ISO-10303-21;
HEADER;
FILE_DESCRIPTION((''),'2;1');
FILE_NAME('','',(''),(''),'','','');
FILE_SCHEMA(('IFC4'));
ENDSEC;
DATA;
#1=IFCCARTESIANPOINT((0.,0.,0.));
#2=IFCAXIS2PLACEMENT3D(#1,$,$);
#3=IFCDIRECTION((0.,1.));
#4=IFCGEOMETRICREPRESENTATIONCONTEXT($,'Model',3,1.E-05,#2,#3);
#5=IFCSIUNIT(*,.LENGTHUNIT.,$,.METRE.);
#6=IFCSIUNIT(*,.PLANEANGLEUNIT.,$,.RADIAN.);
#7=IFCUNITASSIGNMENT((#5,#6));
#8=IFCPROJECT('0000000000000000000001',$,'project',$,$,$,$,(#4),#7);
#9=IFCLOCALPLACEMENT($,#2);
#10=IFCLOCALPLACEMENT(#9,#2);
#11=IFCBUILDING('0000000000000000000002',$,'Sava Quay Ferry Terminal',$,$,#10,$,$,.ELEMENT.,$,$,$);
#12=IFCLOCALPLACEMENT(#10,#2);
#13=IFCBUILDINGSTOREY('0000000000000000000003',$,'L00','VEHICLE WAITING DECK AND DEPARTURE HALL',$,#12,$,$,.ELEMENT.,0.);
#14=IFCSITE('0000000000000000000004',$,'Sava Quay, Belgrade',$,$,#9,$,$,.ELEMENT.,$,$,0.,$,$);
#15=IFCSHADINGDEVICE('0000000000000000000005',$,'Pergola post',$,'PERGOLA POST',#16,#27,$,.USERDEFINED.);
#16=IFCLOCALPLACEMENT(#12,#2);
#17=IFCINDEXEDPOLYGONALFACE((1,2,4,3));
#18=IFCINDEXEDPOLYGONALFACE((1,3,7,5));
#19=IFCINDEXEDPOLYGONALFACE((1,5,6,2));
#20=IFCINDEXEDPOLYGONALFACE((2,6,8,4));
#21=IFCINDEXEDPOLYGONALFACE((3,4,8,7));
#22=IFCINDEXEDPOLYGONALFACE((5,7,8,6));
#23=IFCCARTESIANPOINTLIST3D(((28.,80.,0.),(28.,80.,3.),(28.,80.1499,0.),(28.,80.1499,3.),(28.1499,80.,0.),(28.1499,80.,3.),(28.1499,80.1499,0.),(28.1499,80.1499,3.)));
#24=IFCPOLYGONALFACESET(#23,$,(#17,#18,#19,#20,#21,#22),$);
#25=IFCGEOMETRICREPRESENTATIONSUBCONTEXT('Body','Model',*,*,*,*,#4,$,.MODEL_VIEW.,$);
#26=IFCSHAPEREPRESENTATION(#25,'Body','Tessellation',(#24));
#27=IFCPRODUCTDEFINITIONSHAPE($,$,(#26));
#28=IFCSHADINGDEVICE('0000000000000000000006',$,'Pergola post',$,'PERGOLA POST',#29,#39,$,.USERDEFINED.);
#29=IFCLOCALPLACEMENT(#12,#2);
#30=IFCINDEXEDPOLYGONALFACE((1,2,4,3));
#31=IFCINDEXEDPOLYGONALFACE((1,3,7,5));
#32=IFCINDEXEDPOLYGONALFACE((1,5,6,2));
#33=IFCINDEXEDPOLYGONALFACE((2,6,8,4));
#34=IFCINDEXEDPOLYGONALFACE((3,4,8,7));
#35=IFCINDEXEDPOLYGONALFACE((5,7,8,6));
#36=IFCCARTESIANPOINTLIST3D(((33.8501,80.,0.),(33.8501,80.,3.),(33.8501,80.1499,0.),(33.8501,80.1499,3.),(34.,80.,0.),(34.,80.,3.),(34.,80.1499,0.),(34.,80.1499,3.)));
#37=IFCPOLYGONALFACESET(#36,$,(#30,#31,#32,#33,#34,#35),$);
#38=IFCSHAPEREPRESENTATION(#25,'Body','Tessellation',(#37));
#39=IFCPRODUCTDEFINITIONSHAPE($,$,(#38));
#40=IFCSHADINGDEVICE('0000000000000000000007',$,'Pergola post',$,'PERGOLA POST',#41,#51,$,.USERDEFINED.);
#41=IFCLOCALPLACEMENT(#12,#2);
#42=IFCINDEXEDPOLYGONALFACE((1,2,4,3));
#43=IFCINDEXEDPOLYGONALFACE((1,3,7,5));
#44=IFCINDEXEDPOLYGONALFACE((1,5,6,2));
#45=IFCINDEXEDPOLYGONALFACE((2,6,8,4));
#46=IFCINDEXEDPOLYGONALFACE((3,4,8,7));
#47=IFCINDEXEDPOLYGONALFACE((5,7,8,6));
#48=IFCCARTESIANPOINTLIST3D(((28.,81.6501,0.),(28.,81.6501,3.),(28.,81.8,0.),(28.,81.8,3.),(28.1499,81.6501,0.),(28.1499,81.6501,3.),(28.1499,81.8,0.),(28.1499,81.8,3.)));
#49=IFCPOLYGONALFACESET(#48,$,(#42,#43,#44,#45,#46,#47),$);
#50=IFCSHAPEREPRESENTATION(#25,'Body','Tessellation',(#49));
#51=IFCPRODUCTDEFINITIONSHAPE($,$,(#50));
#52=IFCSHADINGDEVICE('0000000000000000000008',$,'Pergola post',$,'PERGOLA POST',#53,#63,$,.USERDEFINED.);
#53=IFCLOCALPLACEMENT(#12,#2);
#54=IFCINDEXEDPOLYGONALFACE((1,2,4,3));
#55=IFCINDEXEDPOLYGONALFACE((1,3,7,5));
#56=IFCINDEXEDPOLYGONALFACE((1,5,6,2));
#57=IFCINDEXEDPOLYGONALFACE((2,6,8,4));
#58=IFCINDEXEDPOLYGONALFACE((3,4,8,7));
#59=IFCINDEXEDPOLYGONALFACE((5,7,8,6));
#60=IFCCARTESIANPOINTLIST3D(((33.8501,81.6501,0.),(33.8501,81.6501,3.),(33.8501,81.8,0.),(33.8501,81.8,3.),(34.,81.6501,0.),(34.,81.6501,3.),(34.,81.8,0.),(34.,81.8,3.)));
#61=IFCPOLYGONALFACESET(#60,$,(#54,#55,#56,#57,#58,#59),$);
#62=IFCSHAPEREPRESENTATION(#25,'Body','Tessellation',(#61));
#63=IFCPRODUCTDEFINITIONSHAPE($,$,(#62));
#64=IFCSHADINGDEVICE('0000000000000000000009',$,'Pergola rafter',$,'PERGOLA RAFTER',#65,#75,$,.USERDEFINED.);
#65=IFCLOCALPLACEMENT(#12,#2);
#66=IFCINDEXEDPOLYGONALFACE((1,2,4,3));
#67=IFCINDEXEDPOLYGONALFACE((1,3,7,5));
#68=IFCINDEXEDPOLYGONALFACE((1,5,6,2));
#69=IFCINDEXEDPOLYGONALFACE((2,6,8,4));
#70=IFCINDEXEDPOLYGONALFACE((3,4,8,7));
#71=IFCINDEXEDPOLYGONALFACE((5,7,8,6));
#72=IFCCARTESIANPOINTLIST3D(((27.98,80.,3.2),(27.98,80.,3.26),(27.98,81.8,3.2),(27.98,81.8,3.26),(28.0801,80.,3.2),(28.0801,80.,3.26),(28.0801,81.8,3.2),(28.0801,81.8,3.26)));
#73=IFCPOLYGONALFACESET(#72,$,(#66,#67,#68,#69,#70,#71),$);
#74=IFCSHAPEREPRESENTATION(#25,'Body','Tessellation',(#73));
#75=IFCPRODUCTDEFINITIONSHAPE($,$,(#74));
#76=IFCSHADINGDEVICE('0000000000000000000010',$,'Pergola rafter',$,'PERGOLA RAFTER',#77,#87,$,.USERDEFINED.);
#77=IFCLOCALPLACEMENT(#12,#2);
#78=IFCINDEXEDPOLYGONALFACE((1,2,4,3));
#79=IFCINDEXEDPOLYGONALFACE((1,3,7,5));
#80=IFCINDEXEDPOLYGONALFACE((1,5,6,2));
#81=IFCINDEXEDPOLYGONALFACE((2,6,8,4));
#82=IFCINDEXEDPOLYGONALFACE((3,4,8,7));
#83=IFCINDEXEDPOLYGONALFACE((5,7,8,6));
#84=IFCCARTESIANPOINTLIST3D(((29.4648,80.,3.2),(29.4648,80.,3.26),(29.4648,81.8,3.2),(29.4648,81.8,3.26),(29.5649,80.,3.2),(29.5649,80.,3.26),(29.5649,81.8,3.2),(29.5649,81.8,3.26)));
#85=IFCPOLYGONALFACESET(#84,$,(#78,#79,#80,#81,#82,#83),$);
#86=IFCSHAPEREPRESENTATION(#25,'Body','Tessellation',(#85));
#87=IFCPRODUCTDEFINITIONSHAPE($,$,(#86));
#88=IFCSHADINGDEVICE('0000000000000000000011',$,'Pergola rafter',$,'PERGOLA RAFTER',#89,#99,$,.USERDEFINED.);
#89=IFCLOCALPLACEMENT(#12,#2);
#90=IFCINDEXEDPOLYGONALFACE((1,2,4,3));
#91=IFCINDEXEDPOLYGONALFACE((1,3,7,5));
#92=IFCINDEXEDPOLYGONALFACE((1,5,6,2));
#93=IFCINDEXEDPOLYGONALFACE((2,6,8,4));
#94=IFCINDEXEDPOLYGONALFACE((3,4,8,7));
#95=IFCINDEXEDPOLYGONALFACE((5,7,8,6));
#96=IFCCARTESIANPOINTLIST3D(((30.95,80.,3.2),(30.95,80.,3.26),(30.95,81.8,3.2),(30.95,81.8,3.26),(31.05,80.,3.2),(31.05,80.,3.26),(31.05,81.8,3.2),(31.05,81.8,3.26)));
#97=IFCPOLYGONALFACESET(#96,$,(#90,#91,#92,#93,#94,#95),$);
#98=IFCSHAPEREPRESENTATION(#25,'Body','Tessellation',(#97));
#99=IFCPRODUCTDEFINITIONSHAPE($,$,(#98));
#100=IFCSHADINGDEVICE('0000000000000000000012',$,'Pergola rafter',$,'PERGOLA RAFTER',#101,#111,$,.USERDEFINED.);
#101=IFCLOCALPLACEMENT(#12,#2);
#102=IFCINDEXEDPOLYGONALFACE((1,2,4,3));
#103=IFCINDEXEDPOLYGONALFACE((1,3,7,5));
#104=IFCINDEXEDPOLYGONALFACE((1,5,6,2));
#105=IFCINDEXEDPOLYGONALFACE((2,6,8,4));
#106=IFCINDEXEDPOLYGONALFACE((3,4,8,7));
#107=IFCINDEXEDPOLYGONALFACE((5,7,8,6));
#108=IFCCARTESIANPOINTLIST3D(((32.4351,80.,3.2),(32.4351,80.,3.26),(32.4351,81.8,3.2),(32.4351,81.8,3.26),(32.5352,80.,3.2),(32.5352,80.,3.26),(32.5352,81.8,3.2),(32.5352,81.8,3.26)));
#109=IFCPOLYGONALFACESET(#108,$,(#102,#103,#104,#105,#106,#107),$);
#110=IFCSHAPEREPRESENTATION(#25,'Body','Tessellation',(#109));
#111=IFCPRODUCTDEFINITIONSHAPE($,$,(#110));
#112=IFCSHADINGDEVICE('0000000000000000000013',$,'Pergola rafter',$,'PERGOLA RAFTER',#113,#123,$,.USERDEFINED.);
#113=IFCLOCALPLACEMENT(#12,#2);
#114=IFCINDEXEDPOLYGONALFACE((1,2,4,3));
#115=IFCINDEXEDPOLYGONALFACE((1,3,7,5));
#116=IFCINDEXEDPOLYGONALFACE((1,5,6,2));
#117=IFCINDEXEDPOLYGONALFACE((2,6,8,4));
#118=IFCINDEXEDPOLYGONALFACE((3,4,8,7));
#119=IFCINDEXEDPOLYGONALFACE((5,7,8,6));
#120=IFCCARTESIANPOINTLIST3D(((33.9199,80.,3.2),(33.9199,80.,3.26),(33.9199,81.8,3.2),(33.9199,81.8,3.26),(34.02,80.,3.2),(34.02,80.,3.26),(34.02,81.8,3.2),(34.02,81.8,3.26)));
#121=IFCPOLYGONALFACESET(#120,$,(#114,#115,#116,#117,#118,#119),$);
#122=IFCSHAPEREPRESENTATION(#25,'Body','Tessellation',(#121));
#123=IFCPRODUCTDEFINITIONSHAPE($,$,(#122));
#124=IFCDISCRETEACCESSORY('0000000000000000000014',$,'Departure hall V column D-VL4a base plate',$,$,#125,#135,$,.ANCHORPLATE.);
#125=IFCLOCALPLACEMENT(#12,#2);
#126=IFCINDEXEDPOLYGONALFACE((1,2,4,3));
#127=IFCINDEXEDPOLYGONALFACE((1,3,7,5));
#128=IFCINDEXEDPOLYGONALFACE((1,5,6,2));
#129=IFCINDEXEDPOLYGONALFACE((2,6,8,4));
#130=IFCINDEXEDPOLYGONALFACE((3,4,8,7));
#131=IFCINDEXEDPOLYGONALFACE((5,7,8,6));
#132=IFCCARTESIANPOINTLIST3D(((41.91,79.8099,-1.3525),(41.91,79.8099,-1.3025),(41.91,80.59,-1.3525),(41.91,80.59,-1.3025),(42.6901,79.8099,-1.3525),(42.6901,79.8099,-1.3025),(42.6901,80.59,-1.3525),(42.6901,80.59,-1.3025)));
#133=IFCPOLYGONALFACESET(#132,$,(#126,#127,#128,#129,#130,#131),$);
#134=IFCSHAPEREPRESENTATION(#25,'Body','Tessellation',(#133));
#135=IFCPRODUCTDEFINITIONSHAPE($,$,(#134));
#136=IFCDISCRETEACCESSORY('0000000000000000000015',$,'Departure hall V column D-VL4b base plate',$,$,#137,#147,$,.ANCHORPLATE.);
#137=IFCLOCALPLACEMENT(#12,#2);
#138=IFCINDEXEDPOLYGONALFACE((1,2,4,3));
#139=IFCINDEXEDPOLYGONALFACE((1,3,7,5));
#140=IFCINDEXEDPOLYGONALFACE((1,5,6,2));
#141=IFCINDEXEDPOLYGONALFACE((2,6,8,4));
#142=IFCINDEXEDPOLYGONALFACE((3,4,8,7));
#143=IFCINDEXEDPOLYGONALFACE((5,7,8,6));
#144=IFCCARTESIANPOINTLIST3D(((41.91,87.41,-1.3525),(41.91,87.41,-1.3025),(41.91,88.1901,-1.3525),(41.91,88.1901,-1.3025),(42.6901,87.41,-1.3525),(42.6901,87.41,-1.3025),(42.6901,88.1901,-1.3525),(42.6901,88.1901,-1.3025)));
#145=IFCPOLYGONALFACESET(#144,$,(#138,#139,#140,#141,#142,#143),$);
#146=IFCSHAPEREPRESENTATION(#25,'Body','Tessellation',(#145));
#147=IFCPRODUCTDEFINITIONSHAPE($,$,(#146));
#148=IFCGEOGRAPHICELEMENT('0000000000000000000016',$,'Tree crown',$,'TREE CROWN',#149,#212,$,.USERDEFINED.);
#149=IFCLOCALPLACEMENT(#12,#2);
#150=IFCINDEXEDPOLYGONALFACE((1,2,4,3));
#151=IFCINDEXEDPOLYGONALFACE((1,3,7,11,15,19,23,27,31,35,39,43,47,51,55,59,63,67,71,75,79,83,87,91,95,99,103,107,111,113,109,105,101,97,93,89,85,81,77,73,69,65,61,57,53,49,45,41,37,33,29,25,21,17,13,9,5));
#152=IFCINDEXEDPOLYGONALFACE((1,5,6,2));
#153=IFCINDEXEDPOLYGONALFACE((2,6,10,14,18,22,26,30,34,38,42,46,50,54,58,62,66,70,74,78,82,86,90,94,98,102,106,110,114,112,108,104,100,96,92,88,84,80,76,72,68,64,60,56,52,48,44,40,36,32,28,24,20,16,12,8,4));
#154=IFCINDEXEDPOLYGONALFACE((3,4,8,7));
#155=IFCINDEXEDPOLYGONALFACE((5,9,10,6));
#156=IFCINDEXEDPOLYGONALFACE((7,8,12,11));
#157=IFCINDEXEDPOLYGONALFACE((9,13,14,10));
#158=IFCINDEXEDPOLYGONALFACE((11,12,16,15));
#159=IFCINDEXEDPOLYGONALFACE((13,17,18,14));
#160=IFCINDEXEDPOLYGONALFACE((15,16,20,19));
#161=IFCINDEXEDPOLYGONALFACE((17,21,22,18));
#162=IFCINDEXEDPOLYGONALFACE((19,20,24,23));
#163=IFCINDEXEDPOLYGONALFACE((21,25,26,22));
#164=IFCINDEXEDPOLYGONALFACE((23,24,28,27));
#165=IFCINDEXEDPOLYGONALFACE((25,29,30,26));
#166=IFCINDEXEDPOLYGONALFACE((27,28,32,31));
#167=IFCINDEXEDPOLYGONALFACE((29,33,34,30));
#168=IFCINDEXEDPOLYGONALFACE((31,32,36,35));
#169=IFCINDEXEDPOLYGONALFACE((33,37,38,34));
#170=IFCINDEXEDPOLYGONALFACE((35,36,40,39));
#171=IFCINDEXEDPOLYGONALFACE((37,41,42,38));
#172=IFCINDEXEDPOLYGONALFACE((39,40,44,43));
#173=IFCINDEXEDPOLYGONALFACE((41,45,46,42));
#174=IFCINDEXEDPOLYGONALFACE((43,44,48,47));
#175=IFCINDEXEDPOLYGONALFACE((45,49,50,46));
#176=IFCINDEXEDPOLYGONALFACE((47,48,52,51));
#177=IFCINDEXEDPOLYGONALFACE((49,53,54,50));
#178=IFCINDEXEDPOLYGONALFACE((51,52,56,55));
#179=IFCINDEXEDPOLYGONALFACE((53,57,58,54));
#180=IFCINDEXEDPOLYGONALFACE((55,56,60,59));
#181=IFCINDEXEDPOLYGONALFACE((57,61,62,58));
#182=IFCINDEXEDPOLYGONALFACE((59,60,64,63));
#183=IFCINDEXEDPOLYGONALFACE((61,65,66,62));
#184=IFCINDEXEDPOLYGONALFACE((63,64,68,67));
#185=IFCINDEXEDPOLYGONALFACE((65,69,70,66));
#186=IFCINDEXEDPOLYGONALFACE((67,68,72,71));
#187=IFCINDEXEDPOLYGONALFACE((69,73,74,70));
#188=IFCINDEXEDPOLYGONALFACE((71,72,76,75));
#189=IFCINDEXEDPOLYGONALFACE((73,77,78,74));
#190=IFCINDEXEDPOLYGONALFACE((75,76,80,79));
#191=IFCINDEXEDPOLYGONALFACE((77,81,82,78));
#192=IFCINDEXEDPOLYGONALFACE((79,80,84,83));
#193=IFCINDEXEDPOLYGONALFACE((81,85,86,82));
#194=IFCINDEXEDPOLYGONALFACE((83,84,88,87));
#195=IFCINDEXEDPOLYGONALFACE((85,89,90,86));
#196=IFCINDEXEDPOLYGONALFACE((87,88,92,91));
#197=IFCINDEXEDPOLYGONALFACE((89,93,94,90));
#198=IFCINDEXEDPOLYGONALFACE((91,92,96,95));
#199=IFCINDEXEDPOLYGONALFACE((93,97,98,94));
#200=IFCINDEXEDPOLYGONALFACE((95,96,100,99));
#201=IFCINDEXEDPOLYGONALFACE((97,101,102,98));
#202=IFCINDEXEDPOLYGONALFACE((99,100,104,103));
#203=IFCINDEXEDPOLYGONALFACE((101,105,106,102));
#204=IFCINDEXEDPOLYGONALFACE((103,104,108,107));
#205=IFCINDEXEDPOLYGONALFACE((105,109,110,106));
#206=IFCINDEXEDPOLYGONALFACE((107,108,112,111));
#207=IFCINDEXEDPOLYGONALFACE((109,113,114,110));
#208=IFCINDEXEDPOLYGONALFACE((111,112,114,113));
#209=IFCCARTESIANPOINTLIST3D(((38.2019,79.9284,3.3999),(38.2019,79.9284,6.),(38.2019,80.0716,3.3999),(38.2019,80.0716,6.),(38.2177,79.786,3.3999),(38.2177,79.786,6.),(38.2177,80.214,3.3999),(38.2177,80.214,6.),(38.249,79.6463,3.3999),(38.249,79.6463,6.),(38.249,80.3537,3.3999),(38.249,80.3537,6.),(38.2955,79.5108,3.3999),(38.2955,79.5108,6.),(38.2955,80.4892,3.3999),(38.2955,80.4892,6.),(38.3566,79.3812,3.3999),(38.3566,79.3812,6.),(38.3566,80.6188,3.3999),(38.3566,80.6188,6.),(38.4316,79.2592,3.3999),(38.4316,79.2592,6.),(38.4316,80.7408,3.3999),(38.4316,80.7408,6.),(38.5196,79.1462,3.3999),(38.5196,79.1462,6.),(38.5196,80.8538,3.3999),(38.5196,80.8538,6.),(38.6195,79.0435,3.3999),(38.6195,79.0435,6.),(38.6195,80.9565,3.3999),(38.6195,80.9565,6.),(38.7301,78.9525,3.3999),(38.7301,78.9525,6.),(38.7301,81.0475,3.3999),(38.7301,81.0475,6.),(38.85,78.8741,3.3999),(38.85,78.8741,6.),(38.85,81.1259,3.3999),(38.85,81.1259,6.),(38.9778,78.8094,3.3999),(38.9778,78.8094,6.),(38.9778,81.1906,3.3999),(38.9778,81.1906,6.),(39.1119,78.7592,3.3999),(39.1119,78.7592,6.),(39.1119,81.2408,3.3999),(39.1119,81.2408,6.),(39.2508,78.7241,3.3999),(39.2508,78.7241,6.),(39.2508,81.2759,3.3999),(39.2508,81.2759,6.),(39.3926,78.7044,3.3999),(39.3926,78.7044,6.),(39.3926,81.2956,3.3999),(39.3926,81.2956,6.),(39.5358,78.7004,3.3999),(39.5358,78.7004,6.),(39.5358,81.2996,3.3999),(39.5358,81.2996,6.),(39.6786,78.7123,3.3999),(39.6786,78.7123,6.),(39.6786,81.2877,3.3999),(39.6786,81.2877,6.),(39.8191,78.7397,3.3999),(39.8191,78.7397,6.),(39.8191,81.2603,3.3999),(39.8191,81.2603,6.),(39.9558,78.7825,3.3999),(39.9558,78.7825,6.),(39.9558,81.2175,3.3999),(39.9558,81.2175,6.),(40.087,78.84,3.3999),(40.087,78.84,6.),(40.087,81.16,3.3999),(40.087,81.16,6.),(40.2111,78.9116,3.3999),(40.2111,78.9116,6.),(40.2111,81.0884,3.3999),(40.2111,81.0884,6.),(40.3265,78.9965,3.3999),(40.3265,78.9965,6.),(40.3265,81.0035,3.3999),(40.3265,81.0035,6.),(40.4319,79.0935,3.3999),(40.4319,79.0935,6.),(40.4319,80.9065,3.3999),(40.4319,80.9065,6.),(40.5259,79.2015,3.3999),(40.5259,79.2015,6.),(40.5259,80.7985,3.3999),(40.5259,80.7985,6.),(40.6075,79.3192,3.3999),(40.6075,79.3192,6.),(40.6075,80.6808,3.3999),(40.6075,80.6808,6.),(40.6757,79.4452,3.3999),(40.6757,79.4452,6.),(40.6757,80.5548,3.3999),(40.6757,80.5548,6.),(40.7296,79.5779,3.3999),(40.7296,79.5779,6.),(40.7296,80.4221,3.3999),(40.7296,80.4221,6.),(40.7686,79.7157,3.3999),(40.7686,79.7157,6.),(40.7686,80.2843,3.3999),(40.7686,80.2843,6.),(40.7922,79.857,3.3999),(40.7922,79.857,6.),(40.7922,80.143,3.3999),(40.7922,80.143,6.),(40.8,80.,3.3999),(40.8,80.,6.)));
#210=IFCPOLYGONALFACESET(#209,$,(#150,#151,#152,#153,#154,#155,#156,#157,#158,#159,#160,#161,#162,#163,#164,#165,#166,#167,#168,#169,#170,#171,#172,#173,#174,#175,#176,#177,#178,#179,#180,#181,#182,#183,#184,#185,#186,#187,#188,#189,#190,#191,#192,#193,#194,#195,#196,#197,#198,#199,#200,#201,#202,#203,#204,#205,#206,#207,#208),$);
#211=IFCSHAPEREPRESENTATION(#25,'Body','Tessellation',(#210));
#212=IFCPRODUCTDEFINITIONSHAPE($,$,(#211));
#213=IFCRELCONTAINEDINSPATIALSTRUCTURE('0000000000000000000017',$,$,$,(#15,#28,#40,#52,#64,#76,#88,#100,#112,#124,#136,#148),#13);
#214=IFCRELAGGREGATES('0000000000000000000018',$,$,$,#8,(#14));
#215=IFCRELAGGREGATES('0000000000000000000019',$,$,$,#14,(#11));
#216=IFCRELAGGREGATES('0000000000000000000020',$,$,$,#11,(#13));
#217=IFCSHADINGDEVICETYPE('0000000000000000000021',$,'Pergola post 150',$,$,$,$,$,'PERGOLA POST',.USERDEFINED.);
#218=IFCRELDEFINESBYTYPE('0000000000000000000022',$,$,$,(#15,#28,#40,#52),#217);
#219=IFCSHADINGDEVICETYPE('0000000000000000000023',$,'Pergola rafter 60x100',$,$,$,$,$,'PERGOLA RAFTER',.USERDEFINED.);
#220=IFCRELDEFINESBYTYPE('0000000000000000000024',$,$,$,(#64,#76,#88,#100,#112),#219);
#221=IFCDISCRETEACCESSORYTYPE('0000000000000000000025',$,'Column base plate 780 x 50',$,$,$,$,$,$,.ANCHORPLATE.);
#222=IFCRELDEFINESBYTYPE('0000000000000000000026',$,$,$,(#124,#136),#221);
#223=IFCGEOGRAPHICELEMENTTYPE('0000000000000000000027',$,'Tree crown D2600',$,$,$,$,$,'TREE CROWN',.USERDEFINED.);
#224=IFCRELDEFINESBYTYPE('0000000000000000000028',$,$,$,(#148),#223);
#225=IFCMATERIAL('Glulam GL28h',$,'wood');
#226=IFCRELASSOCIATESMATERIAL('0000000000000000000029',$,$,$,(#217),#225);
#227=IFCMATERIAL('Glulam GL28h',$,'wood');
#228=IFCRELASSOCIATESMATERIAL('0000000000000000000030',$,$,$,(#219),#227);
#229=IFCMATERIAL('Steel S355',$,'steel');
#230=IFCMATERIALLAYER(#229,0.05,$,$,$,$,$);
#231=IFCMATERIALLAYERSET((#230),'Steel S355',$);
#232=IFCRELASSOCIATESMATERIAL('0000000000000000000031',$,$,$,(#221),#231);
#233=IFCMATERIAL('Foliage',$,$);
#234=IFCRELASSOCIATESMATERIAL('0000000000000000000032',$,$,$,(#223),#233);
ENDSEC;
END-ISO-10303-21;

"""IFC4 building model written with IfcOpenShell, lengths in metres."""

from ifc_helpers import new_model, si_unit, direction, frame, origin, origin_2d, place, context, subcontext, project, spatial, rectangle, circle, extrude, material, layer, layer_set, material_profile, profile_set, type_object, element, save


model = new_model("IFC4")

# Units and contexts
model_context = context("Model", 3, precision=1e-05, world=origin(), true_north=direction((0.0, 1.0)))
body_context = subcontext(model_context, "Body", "Model", "MODEL_VIEW")
ifc_project = project(units=[si_unit("LENGTHUNIT", "METRE"), si_unit("PLANEANGLEUNIT", "RADIAN")], contexts=[model_context])

# Site, building, storey
site_placement = place(None, origin())
site = spatial("IfcSite", under=ifc_project, at=site_placement, Name="Sava Quay, Belgrade", CompositionType="ELEMENT", RefElevation=0.0)
building_placement = place(site_placement, origin())
building = spatial("IfcBuilding", under=site, at=building_placement, Name="Sava Quay Ferry Terminal", CompositionType="ELEMENT")
storey_placement = place(building_placement, origin())
storey = spatial("IfcBuildingStorey", under=building, at=storey_placement, Name="L00", Description="VEHICLE WAITING DECK AND DEPARTURE HALL", CompositionType="ELEMENT", Elevation=0.0)

# Shading devices
ifc_material_1 = material(Name="Glulam GL28h", Category="wood")
ifc_material_profile_1 = material_profile(ifc_material_1, rectangle(XDim=0.1499, YDim=0.1499, at=origin_2d()), Name="Pergola 150 x 150")
ifc_profile_set_1 = profile_set([ifc_material_profile_1], Name="Glulam GL28h")
shading_device_type_1 = type_object("IfcShadingDeviceType", Name="Pergola post 150", ElementType="PERGOLA POST", PredefinedType="USERDEFINED", material=ifc_profile_set_1)
for number, where, z_axis, x_axis, name in (
    (1, (28.075, 80.075, 0.0), (0.0, 0.0, 1.0), (1.0, 0.0, 0.0), "Pergola post"),
    (2, (33.925, 80.075, 0.0), (0.0, 0.0, 1.0), (1.0, 0.0, 0.0), "Pergola post"),
    (3, (28.075, 81.7251, 0.0), (0.0, 0.0, 1.0), (1.0, 0.0, 0.0), "Pergola post"),
    (4, (33.925, 81.7251, 0.0), (0.0, 0.0, 1.0), (1.0, 0.0, 0.0), "Pergola post"),
):
    element("IfcShadingDevice", number, at=place(storey_placement, frame(where, z_axis=z_axis, x_axis=x_axis)), inside=storey, type_object=shading_device_type_1, Name=name, ObjectType="PERGOLA POST", PredefinedType="USERDEFINED", context=body_context, shape_type="SweptSolid", body=[
        extrude(rectangle(XDim=0.1499, YDim=0.1499, at=origin_2d()), origin(), (0.0, 0.0, 1.0), 3.0),
    ])
ifc_material_2 = material(Name="Glulam GL28h", Category="wood")
ifc_material_profile_2 = material_profile(ifc_material_2, rectangle(XDim=0.0601, YDim=0.1001, at=origin_2d()), Name="Pergola 60 x 100")
ifc_profile_set_2 = profile_set([ifc_material_profile_2], Name="Glulam GL28h")
shading_device_type_2 = type_object("IfcShadingDeviceType", Name="Pergola rafter 60x100", ElementType="PERGOLA RAFTER", PredefinedType="USERDEFINED", material=ifc_profile_set_2)
for number, where, z_axis, x_axis, name in (
    (5, (28.03, 80.0, 3.23), (0.0, 1.0, 0.0), (0.0, 0.0, 1.0), "Pergola rafter"),
    (6, (29.5149, 80.0, 3.23), (0.0, 1.0, 0.0), (0.0, 0.0, 1.0), "Pergola rafter"),
    (7, (31.0, 80.0, 3.23), (0.0, 1.0, 0.0), (0.0, 0.0, 1.0), "Pergola rafter"),
    (8, (32.4851, 80.0, 3.23), (0.0, 1.0, 0.0), (0.0, 0.0, 1.0), "Pergola rafter"),
    (9, (33.97, 80.0, 3.23), (0.0, 1.0, 0.0), (0.0, 0.0, 1.0), "Pergola rafter"),
):
    element("IfcShadingDevice", number, at=place(storey_placement, frame(where, z_axis=z_axis, x_axis=x_axis)), inside=storey, type_object=shading_device_type_2, Name=name, ObjectType="PERGOLA RAFTER", PredefinedType="USERDEFINED", context=body_context, shape_type="SweptSolid", body=[
        extrude(rectangle(XDim=0.0601, YDim=0.1001, at=origin_2d()), origin(), (0.0, 0.0, 1.0), 1.8),
    ])

# Discrete accessories
ifc_material_3 = material(Name="Steel S355", Category="steel")
ifc_layer = layer(ifc_material_3, 0.05)
ifc_layer_set = layer_set([ifc_layer], Name="Steel S355")
discrete_accessory_type = type_object("IfcDiscreteAccessoryType", Name="Column base plate 780 x 50", PredefinedType="ANCHORPLATE", material=ifc_layer_set)
for number, where, z_axis, x_axis, name in (
    (10, (42.3, 80.2, -1.3525), (0.0, 0.0, 1.0), (1.0, 0.0, 0.0), "Departure hall V column D-VL4a base plate"),
    (11, (42.3, 87.8, -1.3525), (0.0, 0.0, 1.0), (1.0, 0.0, 0.0), "Departure hall V column D-VL4b base plate"),
):
    element("IfcDiscreteAccessory", number, at=place(storey_placement, frame(where, z_axis=z_axis, x_axis=x_axis)), inside=storey, type_object=discrete_accessory_type, Name=name, PredefinedType="ANCHORPLATE", context=body_context, shape_type="SweptSolid", body=[
        extrude(rectangle(XDim=0.78, YDim=0.78, at=origin_2d()), origin(), (0.0, 0.0, 1.0), 0.05),
    ])

# Geographic element
ifc_material_4 = material(Name="Foliage")
geographic_element_type_1 = type_object("IfcGeographicElementType", Name="Tree crown D2600", ElementType="TREE CROWN", PredefinedType="USERDEFINED", material=ifc_material_4)
geographic_element_1_placement = place(storey_placement, frame((39.5, 80.0, 6.0), z_axis=(0.0, 0.0, -1.0), x_axis=(1.0, 0.0, 0.0)))
element("IfcGeographicElement", 12, at=geographic_element_1_placement, inside=storey, type_object=geographic_element_type_1, Name="Tree crown", ObjectType="TREE CROWN", PredefinedType="USERDEFINED", context=body_context, shape_type="SweptSolid", body=[
    extrude(circle(Radius=1.3, at=origin_2d()), origin(), (0.0, 0.0, 1.0), 2.6001),
])

save(model, "model.ifc")
